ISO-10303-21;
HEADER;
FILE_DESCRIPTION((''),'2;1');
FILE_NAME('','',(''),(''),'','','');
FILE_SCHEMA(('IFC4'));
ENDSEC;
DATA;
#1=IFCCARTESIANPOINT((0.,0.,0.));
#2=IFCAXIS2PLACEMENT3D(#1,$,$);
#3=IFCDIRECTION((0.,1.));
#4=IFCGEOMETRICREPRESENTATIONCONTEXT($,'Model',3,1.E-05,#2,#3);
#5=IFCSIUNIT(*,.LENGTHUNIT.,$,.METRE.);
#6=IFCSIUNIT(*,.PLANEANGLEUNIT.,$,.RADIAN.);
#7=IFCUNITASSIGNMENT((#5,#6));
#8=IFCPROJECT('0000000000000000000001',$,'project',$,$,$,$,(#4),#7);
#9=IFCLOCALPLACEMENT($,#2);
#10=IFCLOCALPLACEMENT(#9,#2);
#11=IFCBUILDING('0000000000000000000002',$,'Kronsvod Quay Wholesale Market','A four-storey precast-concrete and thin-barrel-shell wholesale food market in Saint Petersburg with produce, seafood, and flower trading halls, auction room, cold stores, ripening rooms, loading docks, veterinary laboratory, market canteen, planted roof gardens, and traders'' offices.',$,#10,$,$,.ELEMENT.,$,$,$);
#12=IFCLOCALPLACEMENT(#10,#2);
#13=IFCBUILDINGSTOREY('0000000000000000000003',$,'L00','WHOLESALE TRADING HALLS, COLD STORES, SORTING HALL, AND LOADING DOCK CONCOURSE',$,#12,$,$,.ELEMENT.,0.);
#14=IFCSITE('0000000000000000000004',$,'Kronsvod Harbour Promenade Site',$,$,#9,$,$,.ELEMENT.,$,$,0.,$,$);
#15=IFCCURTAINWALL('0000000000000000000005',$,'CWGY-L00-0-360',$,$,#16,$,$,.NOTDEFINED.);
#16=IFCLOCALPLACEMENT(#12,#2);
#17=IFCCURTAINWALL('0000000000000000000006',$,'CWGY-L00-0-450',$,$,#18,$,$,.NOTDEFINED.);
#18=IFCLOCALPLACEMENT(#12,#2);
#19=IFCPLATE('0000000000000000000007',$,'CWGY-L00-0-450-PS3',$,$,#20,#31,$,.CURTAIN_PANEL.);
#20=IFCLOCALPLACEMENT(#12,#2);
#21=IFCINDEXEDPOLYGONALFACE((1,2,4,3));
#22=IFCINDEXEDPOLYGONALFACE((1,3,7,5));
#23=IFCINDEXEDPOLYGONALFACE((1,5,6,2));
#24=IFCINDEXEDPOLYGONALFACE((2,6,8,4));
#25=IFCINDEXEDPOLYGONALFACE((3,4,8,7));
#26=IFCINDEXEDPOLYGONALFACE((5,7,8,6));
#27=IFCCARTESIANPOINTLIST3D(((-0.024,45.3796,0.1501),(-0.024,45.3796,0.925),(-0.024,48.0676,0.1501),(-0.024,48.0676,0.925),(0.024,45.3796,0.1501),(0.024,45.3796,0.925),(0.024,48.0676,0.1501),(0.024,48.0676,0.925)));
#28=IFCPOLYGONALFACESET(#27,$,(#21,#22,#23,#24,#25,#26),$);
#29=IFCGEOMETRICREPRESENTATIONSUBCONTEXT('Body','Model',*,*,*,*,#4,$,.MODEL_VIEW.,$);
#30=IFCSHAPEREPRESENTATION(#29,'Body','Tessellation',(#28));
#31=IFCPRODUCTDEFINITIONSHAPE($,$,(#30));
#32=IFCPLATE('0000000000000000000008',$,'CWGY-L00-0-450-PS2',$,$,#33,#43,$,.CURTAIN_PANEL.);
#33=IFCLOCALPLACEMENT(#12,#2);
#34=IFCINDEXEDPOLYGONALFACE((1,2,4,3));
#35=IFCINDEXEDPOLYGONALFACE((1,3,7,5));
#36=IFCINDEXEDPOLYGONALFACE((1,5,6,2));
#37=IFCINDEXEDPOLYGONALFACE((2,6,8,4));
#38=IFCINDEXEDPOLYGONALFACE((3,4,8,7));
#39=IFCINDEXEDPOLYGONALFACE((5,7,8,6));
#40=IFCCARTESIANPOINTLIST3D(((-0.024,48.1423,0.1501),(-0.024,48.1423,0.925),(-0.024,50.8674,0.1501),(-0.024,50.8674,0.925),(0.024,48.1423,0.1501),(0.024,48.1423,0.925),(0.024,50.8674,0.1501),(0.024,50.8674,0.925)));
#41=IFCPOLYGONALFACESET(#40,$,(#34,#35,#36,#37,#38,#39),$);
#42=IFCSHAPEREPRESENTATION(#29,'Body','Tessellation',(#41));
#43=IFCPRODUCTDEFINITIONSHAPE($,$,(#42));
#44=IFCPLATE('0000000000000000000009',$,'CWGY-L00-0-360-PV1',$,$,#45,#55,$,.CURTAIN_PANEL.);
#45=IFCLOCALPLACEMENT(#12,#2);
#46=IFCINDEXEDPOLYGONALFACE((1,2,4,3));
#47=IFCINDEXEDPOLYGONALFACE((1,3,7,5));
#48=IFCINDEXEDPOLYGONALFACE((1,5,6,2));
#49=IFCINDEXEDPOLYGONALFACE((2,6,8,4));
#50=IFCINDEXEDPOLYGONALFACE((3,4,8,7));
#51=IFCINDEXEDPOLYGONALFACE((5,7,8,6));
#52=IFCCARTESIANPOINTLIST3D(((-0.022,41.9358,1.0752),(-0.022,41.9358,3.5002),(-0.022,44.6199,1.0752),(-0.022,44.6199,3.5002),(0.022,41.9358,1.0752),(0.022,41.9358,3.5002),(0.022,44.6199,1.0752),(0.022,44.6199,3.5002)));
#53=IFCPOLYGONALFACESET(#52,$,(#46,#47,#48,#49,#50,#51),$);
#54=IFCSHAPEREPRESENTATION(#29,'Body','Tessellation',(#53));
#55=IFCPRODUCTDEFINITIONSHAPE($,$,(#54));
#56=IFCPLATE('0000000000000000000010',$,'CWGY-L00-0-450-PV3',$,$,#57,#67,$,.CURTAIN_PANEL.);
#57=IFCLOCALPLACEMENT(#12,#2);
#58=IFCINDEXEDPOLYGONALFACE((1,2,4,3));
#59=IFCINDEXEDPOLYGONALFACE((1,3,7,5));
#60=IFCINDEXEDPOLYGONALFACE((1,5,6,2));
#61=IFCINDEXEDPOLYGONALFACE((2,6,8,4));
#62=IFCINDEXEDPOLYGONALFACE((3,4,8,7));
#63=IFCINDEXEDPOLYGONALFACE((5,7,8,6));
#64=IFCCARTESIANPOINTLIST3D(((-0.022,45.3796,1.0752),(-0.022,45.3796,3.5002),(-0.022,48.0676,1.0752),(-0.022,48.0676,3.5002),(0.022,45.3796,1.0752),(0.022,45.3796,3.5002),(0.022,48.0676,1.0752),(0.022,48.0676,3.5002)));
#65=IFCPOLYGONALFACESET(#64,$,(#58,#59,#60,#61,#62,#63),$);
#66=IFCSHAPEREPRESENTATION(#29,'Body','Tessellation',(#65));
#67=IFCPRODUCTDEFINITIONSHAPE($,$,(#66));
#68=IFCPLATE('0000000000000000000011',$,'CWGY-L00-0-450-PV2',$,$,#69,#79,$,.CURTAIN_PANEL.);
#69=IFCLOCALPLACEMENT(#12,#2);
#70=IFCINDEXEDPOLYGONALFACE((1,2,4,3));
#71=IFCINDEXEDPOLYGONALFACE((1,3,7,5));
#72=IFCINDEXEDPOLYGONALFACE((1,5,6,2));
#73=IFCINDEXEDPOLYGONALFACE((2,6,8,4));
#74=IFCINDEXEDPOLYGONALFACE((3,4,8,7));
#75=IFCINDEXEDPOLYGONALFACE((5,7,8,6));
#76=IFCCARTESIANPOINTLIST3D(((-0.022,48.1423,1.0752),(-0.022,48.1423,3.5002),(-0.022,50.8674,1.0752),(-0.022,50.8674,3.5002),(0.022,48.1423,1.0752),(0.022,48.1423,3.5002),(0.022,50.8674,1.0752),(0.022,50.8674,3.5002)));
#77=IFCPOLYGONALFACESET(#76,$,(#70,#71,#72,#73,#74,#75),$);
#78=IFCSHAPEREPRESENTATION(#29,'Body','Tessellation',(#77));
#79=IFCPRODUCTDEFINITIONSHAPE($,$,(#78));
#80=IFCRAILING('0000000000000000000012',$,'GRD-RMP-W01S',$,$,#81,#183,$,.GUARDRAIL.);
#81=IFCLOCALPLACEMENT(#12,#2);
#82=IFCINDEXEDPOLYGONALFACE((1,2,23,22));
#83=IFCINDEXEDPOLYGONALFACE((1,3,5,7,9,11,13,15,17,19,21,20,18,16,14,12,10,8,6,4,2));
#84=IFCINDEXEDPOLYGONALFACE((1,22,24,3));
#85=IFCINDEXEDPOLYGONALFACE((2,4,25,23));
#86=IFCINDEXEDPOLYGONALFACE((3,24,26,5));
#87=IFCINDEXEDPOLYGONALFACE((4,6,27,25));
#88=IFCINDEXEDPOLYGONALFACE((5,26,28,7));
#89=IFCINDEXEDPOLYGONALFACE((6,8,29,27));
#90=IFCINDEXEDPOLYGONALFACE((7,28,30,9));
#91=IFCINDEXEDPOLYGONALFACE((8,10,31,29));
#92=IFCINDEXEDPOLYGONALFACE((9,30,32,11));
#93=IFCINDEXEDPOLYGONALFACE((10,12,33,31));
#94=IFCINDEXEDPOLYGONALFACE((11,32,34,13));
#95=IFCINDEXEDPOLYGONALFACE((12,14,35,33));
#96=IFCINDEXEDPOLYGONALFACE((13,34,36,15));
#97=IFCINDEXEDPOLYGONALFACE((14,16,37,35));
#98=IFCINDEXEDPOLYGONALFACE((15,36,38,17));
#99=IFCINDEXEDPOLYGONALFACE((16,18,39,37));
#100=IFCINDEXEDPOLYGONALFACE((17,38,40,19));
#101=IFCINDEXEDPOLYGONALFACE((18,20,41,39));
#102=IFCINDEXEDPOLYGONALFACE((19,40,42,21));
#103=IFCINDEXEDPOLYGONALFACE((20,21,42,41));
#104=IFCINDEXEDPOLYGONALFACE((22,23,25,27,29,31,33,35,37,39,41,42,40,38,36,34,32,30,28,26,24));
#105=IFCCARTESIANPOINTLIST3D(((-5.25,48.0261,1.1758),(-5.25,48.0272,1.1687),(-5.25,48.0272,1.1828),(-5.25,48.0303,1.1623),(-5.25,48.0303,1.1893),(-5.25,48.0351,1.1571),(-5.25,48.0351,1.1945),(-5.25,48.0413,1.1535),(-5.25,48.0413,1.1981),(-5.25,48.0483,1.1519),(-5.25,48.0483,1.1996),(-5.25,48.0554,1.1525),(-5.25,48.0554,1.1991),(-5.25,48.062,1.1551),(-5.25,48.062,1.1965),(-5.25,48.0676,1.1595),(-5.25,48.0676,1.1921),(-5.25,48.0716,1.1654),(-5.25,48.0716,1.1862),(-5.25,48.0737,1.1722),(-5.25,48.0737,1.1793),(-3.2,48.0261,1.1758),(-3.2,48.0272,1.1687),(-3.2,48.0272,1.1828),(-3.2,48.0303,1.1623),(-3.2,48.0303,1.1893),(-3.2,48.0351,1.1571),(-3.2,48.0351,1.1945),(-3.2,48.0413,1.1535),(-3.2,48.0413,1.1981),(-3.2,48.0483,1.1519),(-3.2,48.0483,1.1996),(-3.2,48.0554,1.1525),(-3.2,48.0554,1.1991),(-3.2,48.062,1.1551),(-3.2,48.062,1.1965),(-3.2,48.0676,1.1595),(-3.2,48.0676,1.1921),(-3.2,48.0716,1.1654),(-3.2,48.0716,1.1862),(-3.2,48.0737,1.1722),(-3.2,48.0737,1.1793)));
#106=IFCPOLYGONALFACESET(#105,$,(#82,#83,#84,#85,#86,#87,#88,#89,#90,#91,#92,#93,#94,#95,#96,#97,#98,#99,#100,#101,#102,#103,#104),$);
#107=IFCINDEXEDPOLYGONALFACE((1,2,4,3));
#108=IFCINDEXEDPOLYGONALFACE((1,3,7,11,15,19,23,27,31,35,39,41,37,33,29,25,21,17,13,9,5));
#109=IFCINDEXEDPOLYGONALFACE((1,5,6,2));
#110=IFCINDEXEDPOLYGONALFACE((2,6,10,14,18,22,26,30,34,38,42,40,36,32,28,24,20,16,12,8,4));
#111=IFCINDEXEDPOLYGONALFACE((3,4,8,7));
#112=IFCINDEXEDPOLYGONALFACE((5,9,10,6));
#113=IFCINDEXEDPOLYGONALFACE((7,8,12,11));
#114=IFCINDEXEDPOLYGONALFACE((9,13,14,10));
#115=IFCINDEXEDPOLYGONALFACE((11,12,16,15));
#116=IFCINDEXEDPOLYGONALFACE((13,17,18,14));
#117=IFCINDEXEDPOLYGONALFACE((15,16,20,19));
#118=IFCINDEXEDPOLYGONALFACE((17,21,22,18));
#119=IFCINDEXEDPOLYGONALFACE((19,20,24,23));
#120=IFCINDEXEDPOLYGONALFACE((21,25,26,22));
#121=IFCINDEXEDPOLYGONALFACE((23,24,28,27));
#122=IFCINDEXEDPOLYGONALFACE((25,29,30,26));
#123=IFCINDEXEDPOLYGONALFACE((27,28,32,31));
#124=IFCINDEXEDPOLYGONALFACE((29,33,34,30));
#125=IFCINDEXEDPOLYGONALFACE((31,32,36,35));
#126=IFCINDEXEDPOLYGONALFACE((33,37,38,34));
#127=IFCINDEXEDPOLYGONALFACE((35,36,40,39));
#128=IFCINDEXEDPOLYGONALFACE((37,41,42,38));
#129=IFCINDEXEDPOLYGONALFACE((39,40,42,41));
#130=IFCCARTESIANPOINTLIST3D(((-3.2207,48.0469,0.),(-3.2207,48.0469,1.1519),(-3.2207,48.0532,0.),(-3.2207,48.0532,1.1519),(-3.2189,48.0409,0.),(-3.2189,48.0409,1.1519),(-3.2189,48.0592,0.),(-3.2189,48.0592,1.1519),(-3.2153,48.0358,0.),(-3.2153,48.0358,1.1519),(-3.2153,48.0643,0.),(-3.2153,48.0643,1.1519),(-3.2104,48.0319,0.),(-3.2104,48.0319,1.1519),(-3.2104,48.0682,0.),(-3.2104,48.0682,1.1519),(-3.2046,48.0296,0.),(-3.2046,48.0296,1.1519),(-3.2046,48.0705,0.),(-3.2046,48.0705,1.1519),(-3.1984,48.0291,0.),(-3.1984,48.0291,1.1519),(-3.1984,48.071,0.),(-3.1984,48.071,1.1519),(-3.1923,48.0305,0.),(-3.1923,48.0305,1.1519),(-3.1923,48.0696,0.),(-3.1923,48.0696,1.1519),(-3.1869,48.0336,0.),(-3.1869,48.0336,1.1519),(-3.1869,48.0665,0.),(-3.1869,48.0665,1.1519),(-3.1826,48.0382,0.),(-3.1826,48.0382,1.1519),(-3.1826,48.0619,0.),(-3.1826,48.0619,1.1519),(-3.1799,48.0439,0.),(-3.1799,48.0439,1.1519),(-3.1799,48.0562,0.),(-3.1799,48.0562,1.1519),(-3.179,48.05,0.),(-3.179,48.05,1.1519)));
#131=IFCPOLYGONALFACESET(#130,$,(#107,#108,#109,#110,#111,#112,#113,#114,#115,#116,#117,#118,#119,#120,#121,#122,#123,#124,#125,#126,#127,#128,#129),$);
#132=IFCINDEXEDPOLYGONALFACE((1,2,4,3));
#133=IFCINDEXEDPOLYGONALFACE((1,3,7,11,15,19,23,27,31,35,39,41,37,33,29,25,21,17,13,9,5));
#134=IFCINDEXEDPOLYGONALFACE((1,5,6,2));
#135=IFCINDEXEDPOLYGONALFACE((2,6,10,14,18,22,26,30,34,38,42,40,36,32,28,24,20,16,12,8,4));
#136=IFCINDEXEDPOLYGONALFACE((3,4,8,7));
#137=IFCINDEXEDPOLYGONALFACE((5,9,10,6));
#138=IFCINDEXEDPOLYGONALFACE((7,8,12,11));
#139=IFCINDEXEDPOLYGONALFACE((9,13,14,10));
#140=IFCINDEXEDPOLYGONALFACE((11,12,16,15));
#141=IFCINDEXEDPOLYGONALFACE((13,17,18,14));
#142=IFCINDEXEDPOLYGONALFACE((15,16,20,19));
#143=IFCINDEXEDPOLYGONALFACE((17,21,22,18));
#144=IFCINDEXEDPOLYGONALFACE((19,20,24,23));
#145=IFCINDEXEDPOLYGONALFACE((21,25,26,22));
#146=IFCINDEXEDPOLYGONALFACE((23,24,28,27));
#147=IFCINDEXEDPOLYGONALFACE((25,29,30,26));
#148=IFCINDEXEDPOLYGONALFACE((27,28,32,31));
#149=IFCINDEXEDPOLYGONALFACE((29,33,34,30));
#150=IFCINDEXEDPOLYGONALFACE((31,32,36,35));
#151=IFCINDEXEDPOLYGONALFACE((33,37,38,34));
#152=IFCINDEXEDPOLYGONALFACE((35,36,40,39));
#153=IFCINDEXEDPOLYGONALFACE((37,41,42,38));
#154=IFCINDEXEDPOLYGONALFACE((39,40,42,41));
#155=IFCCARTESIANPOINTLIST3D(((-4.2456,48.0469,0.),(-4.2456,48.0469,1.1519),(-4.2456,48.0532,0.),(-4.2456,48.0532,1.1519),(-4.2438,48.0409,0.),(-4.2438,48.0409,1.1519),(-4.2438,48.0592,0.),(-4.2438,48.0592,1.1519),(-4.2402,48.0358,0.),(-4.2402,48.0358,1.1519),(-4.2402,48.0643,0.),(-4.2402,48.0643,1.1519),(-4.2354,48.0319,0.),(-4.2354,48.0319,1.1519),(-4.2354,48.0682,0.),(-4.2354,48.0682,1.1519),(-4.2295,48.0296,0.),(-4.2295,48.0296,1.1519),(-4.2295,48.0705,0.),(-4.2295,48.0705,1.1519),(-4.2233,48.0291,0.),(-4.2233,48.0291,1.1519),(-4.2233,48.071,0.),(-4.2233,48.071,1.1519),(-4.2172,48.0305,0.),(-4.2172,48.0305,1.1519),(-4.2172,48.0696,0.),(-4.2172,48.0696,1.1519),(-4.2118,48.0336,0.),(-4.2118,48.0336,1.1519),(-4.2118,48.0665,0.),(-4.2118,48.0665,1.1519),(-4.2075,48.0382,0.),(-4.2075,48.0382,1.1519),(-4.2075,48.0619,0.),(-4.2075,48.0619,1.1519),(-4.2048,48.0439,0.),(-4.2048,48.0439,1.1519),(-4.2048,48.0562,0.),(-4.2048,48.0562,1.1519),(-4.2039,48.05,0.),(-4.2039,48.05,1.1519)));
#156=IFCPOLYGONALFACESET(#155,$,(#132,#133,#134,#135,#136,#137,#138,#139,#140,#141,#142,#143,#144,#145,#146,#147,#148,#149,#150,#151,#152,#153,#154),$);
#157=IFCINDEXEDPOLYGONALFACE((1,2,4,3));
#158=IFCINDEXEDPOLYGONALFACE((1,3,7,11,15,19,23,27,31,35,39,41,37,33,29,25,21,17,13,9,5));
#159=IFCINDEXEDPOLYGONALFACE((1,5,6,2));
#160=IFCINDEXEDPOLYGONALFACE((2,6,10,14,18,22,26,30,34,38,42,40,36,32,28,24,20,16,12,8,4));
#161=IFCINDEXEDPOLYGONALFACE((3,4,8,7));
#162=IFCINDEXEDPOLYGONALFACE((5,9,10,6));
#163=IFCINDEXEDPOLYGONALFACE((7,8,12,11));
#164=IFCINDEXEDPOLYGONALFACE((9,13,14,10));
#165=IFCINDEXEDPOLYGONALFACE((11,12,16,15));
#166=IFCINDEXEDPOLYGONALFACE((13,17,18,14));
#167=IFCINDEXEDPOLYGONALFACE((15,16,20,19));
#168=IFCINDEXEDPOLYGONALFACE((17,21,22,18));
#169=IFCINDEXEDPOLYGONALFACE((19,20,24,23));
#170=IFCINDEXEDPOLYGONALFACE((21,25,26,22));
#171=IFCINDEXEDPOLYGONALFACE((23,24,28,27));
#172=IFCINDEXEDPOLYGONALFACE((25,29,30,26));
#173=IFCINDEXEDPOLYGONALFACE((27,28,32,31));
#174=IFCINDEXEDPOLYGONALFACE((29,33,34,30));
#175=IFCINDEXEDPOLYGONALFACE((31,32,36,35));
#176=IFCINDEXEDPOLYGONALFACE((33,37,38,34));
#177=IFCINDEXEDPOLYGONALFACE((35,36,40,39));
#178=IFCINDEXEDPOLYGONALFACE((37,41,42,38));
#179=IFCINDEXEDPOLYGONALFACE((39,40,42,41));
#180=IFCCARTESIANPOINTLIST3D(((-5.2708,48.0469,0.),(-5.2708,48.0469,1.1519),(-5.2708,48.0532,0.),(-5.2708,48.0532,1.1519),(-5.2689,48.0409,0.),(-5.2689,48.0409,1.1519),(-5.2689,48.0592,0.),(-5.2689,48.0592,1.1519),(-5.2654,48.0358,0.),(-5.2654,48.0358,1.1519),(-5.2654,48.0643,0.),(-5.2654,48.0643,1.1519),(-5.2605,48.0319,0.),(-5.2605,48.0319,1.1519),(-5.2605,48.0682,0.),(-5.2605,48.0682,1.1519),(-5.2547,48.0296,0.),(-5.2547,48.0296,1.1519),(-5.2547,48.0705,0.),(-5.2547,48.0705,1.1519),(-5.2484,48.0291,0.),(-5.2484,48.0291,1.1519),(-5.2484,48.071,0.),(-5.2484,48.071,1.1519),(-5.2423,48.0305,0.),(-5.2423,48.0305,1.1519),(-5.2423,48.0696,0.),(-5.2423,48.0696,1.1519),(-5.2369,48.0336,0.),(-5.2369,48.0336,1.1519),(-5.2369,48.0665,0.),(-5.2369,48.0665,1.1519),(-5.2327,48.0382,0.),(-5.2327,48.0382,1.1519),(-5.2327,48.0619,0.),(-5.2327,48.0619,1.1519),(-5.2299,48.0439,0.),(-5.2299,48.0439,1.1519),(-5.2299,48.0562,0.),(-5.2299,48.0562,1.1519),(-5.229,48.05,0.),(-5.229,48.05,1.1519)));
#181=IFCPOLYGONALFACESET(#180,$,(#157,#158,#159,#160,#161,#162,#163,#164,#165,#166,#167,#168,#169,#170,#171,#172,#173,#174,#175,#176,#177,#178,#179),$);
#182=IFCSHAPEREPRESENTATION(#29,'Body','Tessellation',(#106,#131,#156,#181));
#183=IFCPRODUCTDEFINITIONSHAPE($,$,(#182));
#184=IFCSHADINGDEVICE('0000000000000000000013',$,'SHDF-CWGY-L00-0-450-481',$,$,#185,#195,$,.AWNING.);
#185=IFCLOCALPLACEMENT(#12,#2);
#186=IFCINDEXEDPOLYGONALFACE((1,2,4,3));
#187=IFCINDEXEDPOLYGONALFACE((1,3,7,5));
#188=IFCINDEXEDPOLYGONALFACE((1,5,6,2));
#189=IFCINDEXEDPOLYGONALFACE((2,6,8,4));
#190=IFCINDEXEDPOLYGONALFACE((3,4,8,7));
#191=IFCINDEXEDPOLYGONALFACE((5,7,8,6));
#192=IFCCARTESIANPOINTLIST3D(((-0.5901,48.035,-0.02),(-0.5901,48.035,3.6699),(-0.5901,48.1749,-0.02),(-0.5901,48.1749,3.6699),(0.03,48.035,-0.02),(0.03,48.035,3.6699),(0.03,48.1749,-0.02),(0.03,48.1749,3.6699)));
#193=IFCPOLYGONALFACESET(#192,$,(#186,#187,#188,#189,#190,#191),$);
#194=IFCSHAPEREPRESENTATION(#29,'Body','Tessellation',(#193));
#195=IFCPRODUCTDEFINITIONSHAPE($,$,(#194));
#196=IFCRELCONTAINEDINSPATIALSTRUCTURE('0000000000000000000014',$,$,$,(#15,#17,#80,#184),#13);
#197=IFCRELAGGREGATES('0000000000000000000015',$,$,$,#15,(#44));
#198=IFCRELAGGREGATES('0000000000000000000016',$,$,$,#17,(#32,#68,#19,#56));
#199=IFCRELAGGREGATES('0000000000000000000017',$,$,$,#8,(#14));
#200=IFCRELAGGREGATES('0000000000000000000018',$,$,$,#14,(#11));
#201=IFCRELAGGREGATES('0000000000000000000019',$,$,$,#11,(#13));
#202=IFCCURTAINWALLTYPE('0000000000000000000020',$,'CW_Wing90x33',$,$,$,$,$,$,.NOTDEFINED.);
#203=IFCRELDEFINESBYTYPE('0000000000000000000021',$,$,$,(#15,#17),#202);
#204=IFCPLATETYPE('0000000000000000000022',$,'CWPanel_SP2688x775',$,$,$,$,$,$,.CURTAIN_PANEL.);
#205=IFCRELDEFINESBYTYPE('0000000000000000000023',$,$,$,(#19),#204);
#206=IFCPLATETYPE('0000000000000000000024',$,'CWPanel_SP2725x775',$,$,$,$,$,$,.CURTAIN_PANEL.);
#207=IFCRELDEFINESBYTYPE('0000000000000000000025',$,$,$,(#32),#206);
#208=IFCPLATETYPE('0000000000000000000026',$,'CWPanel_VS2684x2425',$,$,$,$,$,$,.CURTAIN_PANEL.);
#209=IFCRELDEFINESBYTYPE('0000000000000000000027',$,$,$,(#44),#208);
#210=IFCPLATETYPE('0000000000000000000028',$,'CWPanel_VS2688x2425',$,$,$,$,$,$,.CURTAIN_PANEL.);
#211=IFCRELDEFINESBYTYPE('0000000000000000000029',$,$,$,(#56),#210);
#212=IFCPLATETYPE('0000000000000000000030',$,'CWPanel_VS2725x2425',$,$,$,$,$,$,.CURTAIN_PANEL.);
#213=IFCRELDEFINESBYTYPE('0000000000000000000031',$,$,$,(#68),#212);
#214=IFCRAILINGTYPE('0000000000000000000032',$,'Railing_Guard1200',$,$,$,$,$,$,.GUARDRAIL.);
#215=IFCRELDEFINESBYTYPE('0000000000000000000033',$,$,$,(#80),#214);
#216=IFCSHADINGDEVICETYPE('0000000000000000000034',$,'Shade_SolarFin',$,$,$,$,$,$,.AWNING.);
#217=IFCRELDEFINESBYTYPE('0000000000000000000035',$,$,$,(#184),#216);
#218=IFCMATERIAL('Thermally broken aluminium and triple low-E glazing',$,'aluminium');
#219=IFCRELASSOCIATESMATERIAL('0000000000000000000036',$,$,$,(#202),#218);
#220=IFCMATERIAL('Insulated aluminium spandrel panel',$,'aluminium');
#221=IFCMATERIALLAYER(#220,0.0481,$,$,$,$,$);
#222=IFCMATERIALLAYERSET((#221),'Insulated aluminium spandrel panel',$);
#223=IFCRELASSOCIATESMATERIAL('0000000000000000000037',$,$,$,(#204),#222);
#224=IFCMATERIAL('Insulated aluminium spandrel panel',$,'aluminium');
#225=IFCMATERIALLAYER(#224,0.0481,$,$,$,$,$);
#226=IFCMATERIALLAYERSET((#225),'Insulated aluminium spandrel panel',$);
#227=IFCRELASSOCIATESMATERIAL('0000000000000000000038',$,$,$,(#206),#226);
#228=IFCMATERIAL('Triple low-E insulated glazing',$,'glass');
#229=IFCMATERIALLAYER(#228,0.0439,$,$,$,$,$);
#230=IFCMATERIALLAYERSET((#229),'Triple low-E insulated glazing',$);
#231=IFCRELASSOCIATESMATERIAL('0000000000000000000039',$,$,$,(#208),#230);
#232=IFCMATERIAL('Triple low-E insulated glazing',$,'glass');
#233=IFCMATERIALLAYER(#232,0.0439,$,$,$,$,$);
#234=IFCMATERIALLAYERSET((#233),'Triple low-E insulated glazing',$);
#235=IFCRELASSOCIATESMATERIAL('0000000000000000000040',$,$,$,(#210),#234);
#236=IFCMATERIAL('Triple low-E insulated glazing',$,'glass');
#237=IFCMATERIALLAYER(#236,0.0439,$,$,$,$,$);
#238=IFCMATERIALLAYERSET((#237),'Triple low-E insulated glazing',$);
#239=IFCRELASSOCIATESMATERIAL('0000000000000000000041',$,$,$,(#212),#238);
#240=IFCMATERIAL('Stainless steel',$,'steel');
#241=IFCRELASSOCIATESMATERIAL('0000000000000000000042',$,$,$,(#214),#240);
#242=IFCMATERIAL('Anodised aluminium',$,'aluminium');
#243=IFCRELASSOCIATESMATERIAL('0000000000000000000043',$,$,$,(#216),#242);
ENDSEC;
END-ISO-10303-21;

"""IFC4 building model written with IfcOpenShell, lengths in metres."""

from ifc_helpers import new_model, si_unit, direction, frame, origin, origin_2d, place, context, subcontext, project, spatial, rectangle, circle, extrude, material, layer, layer_set, type_object, element, aggregate, save


model = new_model("IFC4")

# Units and contexts
model_context = context("Model", 3, precision=1e-05, world=origin(), true_north=direction((0.0, 1.0)))
body_context = subcontext(model_context, "Body", "Model", "MODEL_VIEW")
ifc_project = project(units=[si_unit("LENGTHUNIT", "METRE"), si_unit("PLANEANGLEUNIT", "RADIAN")], contexts=[model_context])

# Site, building, storey
site_placement = place(None, origin())
site = spatial("IfcSite", under=ifc_project, at=site_placement, Name="Kronsvod Harbour Promenade Site", CompositionType="ELEMENT", RefElevation=0.0)
building_placement = place(site_placement, origin())
building = spatial("IfcBuilding", under=site, at=building_placement, Name="Kronsvod Quay Wholesale Market", Description="A four-storey precast-concrete and thin-barrel-shell wholesale food market in Saint Petersburg with produce, seafood, and flower trading halls, auction room, cold stores, ripening rooms, loading docks, veterinary laboratory, market canteen, planted roof gardens, and traders' offices.", CompositionType="ELEMENT")
storey_placement = place(building_placement, origin())
storey = spatial("IfcBuildingStorey", under=building, at=storey_placement, Name="L00", Description="WHOLESALE TRADING HALLS, COLD STORES, SORTING HALL, AND LOADING DOCK CONCOURSE", CompositionType="ELEMENT", Elevation=0.0)

# Curtain wall
ifc_material_1 = material(Name="Thermally broken aluminium and triple low-E glazing", Category="aluminium")
curtain_wall_type = type_object("IfcCurtainWallType", Name="CW_Wing90x33", PredefinedType="NOTDEFINED", material=ifc_material_1)
curtain_wall_1_placement = place(storey_placement, origin())
curtain_wall_1 = element("IfcCurtainWall", 1, at=curtain_wall_1_placement, inside=storey, type_object=curtain_wall_type, Name="CWGY-L00-0-360", PredefinedType="NOTDEFINED")

# Curtain wall
curtain_wall_2_placement = place(storey_placement, origin())
curtain_wall_2 = element("IfcCurtainWall", 2, at=curtain_wall_2_placement, inside=storey, type_object=curtain_wall_type, Name="CWGY-L00-0-450", PredefinedType="NOTDEFINED")

# Plates
ifc_material_2 = material(Name="Insulated aluminium spandrel panel", Category="aluminium")
ifc_layer_1 = layer(ifc_material_2, 0.0481)
ifc_layer_set_1 = layer_set([ifc_layer_1], Name="Insulated aluminium spandrel panel")
plate_type_1 = type_object("IfcPlateType", Name="CWPanel_SP2688x775", PredefinedType="CURTAIN_PANEL", material=ifc_layer_set_1)
plate_1_placement = place(storey_placement, frame((0.0, 46.7236, 0.1501), z_axis=(0.0, 0.0, 1.0), x_axis=(0.0, -1.0, 0.0)))
plate_1 = element("IfcPlate", 3, at=plate_1_placement, type_object=plate_type_1, Name="CWGY-L00-0-450-PS3", PredefinedType="CURTAIN_PANEL", context=body_context, shape_type="SweptSolid", body=[
    extrude(rectangle(XDim=2.688, YDim=0.0481, at=origin_2d()), origin(), (0.0, 0.0, 1.0), 0.7749),
])
ifc_material_3 = material(Name="Insulated aluminium spandrel panel", Category="aluminium")
ifc_layer_2 = layer(ifc_material_3, 0.0481)
ifc_layer_set_2 = layer_set([ifc_layer_2], Name="Insulated aluminium spandrel panel")
plate_type_2 = type_object("IfcPlateType", Name="CWPanel_SP2725x775", PredefinedType="CURTAIN_PANEL", material=ifc_layer_set_2)
plate_2_placement = place(storey_placement, frame((0.0, 49.5049, 0.1501), z_axis=(0.0, 0.0, 1.0), x_axis=(0.0, -1.0, 0.0)))
plate_2 = element("IfcPlate", 4, at=plate_2_placement, type_object=plate_type_2, Name="CWGY-L00-0-450-PS2", PredefinedType="CURTAIN_PANEL", context=body_context, shape_type="SweptSolid", body=[
    extrude(rectangle(XDim=2.7251, YDim=0.0481, at=origin_2d()), origin(), (0.0, 0.0, 1.0), 0.7749),
])
ifc_material_4 = material(Name="Triple low-E insulated glazing", Category="glass")
ifc_layer_3 = layer(ifc_material_4, 0.0439)
ifc_layer_set_3 = layer_set([ifc_layer_3], Name="Triple low-E insulated glazing")
plate_type_3 = type_object("IfcPlateType", Name="CWPanel_VS2684x2425", PredefinedType="CURTAIN_PANEL", material=ifc_layer_set_3)
plate_3_placement = place(storey_placement, frame((0.0, 43.2778, 1.0752), z_axis=(0.0, 0.0, 1.0), x_axis=(0.0, -1.0, 0.0)))
plate_3 = element("IfcPlate", 5, at=plate_3_placement, type_object=plate_type_3, Name="CWGY-L00-0-360-PV1", PredefinedType="CURTAIN_PANEL", context=body_context, shape_type="SweptSolid", body=[
    extrude(rectangle(XDim=2.6841, YDim=0.0439, at=origin_2d()), origin(), (0.0, 0.0, 1.0), 2.425),
])
aggregate(curtain_wall_1, [plate_3])
ifc_material_5 = material(Name="Triple low-E insulated glazing", Category="glass")
ifc_layer_4 = layer(ifc_material_5, 0.0439)
ifc_layer_set_4 = layer_set([ifc_layer_4], Name="Triple low-E insulated glazing")
plate_type_4 = type_object("IfcPlateType", Name="CWPanel_VS2688x2425", PredefinedType="CURTAIN_PANEL", material=ifc_layer_set_4)
plate_4_placement = place(storey_placement, frame((0.0, 46.7236, 1.0752), z_axis=(0.0, 0.0, 1.0), x_axis=(0.0, -1.0, 0.0)))
plate_4 = element("IfcPlate", 6, at=plate_4_placement, type_object=plate_type_4, Name="CWGY-L00-0-450-PV3", PredefinedType="CURTAIN_PANEL", context=body_context, shape_type="SweptSolid", body=[
    extrude(rectangle(XDim=2.688, YDim=0.0439, at=origin_2d()), origin(), (0.0, 0.0, 1.0), 2.425),
])
ifc_material_6 = material(Name="Triple low-E insulated glazing", Category="glass")
ifc_layer_5 = layer(ifc_material_6, 0.0439)
ifc_layer_set_5 = layer_set([ifc_layer_5], Name="Triple low-E insulated glazing")
plate_type_5 = type_object("IfcPlateType", Name="CWPanel_VS2725x2425", PredefinedType="CURTAIN_PANEL", material=ifc_layer_set_5)
plate_5_placement = place(storey_placement, frame((0.0, 49.5049, 1.0752), z_axis=(0.0, 0.0, 1.0), x_axis=(0.0, -1.0, 0.0)))
plate_5 = element("IfcPlate", 7, at=plate_5_placement, type_object=plate_type_5, Name="CWGY-L00-0-450-PV2", PredefinedType="CURTAIN_PANEL", context=body_context, shape_type="SweptSolid", body=[
    extrude(rectangle(XDim=2.7251, YDim=0.0439, at=origin_2d()), origin(), (0.0, 0.0, 1.0), 2.425),
])
aggregate(curtain_wall_2, [plate_2, plate_5, plate_1, plate_4])

# Railing
ifc_material_7 = material(Name="Stainless steel", Category="steel")
railing_type = type_object("IfcRailingType", Name="Railing_Guard1200", PredefinedType="GUARDRAIL", material=ifc_material_7)
railing_1_placement = place(storey_placement, frame((-3.2, 48.05, 0.0)))
element("IfcRailing", 8, at=railing_1_placement, inside=storey, type_object=railing_type, Name="GRD-RMP-W01S", PredefinedType="GUARDRAIL", context=body_context, shape_type="SweptSolid", body=[
    extrude(circle(Radius=0.0239, at=origin_2d()), frame((0.0, 0.0, 1.1758), z_axis=(-1.0, 0.0, 0.0), x_axis=(0.0, -1.0, 0.0)), (0.0, 0.0, 1.0), 2.05),
    extrude(circle(Radius=0.021, at=origin_2d()), origin(), (0.0, 0.0, 1.0), 1.1519),
    extrude(circle(Radius=0.021, at=origin_2d()), frame((-1.0249, 0.0, 0.0)), (0.0, 0.0, 1.0), 1.1519),
    extrude(circle(Radius=0.021, at=origin_2d()), frame((-2.05, 0.0, 0.0)), (0.0, 0.0, 1.0), 1.1519),
])

# Shading device
ifc_material_8 = material(Name="Anodised aluminium", Category="aluminium")
shading_device_type = type_object("IfcShadingDeviceType", Name="Shade_SolarFin", PredefinedType="AWNING", material=ifc_material_8)
shading_device_placement = place(storey_placement, frame((-0.28, 48.105, -0.02), z_axis=(0.0, 0.0, 1.0), x_axis=(1.0, 0.0, 0.0)))
element("IfcShadingDevice", 9, at=shading_device_placement, inside=storey, type_object=shading_device_type, Name="SHDF-CWGY-L00-0-450-481", PredefinedType="AWNING", context=body_context, shape_type="SweptSolid", body=[
    extrude(rectangle(XDim=0.6201, YDim=0.1399, at=origin_2d()), origin(), (0.0, 0.0, 1.0), 3.6899),
])

save(model, "model.ifc")
